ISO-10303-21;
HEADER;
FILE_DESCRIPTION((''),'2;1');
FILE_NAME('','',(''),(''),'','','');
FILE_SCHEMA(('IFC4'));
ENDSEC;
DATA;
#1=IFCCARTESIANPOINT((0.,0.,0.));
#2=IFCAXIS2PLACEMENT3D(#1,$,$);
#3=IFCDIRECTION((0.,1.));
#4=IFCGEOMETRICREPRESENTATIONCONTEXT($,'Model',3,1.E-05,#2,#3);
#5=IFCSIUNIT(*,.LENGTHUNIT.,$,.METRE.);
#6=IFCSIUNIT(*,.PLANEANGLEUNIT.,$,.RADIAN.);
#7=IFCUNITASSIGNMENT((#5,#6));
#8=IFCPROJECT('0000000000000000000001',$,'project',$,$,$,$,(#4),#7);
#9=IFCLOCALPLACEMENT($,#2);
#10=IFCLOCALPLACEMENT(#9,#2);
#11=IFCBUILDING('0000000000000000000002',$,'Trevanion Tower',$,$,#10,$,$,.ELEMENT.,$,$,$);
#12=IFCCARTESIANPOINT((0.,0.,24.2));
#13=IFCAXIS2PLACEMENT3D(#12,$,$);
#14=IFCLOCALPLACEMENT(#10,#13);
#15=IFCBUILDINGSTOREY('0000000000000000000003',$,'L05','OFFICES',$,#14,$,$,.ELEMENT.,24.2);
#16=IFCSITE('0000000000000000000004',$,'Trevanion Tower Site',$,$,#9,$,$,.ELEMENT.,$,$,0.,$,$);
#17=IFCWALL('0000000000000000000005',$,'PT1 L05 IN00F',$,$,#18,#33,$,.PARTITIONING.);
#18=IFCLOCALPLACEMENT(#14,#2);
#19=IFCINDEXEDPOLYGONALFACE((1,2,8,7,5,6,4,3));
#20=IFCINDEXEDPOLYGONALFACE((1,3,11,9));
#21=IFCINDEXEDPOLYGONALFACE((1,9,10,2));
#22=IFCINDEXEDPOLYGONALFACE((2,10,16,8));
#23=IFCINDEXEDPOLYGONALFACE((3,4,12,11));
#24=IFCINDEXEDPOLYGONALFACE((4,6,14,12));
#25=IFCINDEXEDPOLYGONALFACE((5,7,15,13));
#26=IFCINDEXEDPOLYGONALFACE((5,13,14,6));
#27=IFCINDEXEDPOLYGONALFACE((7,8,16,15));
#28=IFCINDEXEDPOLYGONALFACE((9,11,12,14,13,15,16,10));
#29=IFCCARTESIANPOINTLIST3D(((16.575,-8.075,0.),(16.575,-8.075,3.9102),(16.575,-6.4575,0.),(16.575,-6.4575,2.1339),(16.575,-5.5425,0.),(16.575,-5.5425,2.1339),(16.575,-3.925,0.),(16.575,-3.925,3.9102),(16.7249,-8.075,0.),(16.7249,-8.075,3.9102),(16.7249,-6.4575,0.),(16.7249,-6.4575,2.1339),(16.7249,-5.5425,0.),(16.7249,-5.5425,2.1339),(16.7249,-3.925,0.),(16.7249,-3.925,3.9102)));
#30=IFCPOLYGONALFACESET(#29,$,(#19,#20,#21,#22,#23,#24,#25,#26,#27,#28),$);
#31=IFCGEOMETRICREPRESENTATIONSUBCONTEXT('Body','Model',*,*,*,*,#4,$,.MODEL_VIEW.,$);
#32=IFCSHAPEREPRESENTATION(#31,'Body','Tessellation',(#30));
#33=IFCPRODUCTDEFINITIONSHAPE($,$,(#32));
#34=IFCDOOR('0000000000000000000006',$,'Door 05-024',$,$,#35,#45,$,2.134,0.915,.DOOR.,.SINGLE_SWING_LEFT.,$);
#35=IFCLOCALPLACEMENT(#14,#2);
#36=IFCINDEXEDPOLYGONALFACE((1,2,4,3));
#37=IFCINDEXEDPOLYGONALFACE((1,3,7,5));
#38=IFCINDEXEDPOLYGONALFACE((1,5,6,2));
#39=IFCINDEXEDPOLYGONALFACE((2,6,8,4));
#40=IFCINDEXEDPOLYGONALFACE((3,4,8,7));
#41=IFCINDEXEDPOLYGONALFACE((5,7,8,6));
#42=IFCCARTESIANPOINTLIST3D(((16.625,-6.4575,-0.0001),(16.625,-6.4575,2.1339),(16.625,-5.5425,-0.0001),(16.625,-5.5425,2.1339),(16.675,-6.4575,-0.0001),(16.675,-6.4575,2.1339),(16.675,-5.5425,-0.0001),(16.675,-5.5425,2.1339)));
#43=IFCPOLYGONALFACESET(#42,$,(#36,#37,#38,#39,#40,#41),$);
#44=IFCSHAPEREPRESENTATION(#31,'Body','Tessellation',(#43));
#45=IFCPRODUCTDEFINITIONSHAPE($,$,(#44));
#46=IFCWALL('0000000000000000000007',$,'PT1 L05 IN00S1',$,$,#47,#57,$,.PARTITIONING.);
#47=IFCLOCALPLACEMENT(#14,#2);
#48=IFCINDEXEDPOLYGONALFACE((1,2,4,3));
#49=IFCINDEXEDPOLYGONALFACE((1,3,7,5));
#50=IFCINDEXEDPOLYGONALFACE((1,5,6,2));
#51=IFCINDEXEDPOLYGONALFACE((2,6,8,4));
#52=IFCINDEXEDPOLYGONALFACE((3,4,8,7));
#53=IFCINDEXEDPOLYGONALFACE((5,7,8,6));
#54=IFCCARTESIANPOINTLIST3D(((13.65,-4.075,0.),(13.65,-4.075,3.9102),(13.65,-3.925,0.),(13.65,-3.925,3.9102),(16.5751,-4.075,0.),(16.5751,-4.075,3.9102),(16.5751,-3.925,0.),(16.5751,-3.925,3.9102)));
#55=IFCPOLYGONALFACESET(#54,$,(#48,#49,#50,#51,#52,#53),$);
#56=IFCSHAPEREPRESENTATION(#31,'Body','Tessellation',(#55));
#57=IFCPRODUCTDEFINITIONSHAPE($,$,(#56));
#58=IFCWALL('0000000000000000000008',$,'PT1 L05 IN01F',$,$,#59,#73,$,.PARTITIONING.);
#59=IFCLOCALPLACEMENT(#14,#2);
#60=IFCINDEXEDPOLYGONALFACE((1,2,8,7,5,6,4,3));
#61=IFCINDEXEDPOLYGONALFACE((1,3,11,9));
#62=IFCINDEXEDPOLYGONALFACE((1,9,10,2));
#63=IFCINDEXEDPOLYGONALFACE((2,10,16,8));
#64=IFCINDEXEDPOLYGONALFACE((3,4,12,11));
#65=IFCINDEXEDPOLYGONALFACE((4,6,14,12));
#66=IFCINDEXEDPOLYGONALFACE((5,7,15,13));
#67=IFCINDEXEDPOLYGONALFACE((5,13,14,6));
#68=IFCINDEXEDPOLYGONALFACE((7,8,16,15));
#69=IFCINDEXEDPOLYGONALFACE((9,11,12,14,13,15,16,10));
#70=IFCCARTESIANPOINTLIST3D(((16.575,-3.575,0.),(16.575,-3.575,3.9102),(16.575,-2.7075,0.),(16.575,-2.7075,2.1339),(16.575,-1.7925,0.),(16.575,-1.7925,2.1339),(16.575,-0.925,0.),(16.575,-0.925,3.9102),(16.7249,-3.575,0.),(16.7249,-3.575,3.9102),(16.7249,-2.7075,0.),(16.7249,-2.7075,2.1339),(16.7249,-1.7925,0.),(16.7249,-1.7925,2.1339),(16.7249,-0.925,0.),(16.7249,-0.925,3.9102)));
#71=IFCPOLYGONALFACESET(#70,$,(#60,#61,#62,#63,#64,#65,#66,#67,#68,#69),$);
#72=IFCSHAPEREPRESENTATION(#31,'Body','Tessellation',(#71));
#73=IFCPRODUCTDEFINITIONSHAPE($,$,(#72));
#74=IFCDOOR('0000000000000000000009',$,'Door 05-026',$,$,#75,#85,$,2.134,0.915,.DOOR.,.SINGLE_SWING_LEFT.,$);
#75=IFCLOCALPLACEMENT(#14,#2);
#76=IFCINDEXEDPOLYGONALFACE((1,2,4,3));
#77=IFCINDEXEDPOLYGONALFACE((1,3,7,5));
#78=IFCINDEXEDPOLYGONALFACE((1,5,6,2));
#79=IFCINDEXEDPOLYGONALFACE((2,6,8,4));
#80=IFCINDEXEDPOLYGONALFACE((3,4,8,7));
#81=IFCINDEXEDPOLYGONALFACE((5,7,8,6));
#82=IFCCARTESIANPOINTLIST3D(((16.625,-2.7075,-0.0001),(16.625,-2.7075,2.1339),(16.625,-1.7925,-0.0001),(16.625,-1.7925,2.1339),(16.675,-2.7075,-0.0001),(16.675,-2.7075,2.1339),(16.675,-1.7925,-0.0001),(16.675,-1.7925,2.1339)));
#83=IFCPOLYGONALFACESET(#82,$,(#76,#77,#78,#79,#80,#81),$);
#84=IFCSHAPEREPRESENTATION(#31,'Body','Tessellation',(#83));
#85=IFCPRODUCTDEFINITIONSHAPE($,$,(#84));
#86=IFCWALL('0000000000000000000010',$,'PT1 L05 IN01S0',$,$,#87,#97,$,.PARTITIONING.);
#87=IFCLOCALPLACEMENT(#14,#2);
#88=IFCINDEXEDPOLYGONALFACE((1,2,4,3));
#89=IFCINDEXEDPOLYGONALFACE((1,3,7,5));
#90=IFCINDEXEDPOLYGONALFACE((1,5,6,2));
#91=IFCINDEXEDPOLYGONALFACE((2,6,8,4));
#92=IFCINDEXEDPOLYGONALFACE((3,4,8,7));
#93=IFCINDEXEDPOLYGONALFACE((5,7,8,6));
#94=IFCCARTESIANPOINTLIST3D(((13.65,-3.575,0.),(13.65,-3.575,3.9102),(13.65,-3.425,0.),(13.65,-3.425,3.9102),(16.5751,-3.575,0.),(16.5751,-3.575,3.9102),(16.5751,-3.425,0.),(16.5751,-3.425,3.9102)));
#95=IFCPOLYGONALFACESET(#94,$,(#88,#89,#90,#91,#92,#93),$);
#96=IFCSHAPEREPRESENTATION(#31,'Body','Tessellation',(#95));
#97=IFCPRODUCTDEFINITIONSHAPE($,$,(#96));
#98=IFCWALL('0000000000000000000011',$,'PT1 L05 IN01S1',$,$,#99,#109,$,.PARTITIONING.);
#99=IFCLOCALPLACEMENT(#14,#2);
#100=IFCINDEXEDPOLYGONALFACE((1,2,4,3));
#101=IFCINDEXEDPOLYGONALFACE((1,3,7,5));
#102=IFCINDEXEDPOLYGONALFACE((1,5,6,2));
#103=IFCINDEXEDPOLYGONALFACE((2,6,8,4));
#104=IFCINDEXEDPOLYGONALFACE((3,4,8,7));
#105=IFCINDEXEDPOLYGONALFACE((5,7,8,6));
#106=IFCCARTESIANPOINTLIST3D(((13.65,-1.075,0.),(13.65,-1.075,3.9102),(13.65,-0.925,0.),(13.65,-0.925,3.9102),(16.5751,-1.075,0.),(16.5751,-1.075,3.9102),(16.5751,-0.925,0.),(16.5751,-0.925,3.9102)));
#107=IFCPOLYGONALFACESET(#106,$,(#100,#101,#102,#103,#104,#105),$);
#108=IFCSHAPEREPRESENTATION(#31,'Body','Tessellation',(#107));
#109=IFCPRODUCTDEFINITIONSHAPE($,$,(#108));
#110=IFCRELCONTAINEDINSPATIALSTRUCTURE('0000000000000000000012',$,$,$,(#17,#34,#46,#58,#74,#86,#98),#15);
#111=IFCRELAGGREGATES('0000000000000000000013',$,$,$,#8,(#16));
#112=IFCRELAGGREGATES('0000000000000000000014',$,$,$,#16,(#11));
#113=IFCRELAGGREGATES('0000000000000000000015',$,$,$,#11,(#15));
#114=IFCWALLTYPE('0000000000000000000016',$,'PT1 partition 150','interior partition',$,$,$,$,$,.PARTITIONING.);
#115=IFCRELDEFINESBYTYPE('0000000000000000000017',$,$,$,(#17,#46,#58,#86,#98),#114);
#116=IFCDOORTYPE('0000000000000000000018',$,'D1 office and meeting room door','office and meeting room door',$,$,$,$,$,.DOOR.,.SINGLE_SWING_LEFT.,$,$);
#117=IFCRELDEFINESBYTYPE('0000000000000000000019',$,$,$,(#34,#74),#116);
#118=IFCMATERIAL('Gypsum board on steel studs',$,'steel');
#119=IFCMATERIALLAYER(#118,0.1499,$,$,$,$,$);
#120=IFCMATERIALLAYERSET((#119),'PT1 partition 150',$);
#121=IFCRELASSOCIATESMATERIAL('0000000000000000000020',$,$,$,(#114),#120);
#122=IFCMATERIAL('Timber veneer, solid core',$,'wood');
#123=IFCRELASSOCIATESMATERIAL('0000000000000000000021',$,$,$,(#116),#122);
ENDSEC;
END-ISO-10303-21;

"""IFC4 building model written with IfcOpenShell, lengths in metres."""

from ifc_helpers import new_model, si_unit, direction, frame, frame_2d, origin, place, context, subcontext, project, spatial, rectangle, extrude, material, layer, layer_set, type_object, element, fill, save


model = new_model("IFC4")

# Units and contexts
model_context = context("Model", 3, precision=1e-05, world=origin(), true_north=direction((0.0, 1.0)))
body_context = subcontext(model_context, "Body", "Model", "MODEL_VIEW")
ifc_project = project(units=[si_unit("LENGTHUNIT", "METRE"), si_unit("PLANEANGLEUNIT", "RADIAN")], contexts=[model_context])

# Site, building, storey
site_placement = place(None, origin())
site = spatial("IfcSite", under=ifc_project, at=site_placement, Name="Trevanion Tower Site", CompositionType="ELEMENT", RefElevation=0.0)
building_placement = place(site_placement, origin())
building = spatial("IfcBuilding", under=site, at=building_placement, Name="Trevanion Tower", CompositionType="ELEMENT")
storey_placement = place(building_placement, frame((0.0, 0.0, 24.2)))
storey = spatial("IfcBuildingStorey", under=building, at=storey_placement, Name="L05", Description="OFFICES", CompositionType="ELEMENT", Elevation=24.2)

# Shared definitions
ifc_material_1 = material(Name="Gypsum board on steel studs", Category="steel")
ifc_layer_1 = layer(ifc_material_1, 0.1499)
ifc_layer_set_1 = layer_set([ifc_layer_1], Name="PT1 partition 150")
wall_type = type_object("IfcWallType", Name="PT1 partition 150", Description="interior partition", PredefinedType="PARTITIONING", material=ifc_layer_set_1)

# Wall, opening, door
wall_1_placement = place(storey_placement, frame((16.6499, -8.075, 0.0), z_axis=(0.0, 0.0, 1.0), x_axis=(0.0, 1.0, 0.0)))
wall_1 = element("IfcWall", 1, at=wall_1_placement, inside=storey, type_object=wall_type, Name="PT1 L05 IN00F", PredefinedType="PARTITIONING", context=body_context, shape_type="SweptSolid", body=[
    extrude(rectangle(XDim=4.1499, YDim=0.1499, at=frame_2d((2.075, 0.0))), origin(), (0.0, 0.0, 1.0), 3.9102),
])
opening_1_placement = place(wall_1_placement, frame((1.6174, 0.0, 0.0)))
opening_1 = element("IfcOpeningElement", 2, at=opening_1_placement, cuts=wall_1, PredefinedType="OPENING", context=body_context, shape_type="SweptSolid", body=[
    extrude(rectangle(XDim=0.915, YDim=2.134, at=frame_2d((0.4575, 1.0669))), frame((0.0, 0.085, 0.0), z_axis=(0.0, -1.0, 0.0), x_axis=(1.0, 0.0, 0.0)), (0.0, 0.0, 1.0), 0.1699),
])
ifc_material_2 = material(Name="Timber veneer, solid core", Category="wood")
door_type = type_object("IfcDoorType", Name="D1 office and meeting room door", Description="office and meeting room door", OperationType="SINGLE_SWING_LEFT", PredefinedType="DOOR", material=ifc_material_2)
door_1_placement = place(opening_1_placement, origin())
door_1 = element("IfcDoor", 3, at=door_1_placement, inside=storey, type_object=door_type, Name="Door 05-024", OperationType="SINGLE_SWING_LEFT", OverallHeight=2.134, OverallWidth=0.915, PredefinedType="DOOR", context=body_context, shape_type="SweptSolid", body=[
    extrude(rectangle(XDim=0.915, YDim=2.134, at=frame_2d((0.4575, 1.0669))), frame((0.0, 0.0249, 0.0), z_axis=(0.0, -1.0, 0.0), x_axis=(1.0, 0.0, 0.0)), (0.0, 0.0, 1.0), 0.05),
])
fill(opening_1, door_1)

# Wall
wall_2_placement = place(storey_placement, frame((16.575, -4.0, 0.0), z_axis=(0.0, 0.0, 1.0), x_axis=(-1.0, 0.0, 0.0)))
element("IfcWall", 4, at=wall_2_placement, inside=storey, type_object=wall_type, Name="PT1 L05 IN00S1", PredefinedType="PARTITIONING", context=body_context, shape_type="SweptSolid", body=[
    extrude(rectangle(XDim=2.925, YDim=0.1499, at=frame_2d((1.4624, 0.0))), origin(), (0.0, 0.0, 1.0), 3.9102),
])

# Wall, opening, door
wall_3_placement = place(storey_placement, frame((16.6499, -3.575, 0.0), z_axis=(0.0, 0.0, 1.0), x_axis=(0.0, 1.0, 0.0)))
wall_3 = element("IfcWall", 5, at=wall_3_placement, inside=storey, type_object=wall_type, Name="PT1 L05 IN01F", PredefinedType="PARTITIONING", context=body_context, shape_type="SweptSolid", body=[
    extrude(rectangle(XDim=2.6499, YDim=0.1499, at=frame_2d((1.325, 0.0))), origin(), (0.0, 0.0, 1.0), 3.9102),
])
opening_2_placement = place(wall_3_placement, frame((0.8674, 0.0, 0.0)))
opening_2 = element("IfcOpeningElement", 6, at=opening_2_placement, cuts=wall_3, PredefinedType="OPENING", context=body_context, shape_type="SweptSolid", body=[
    extrude(rectangle(XDim=0.915, YDim=2.134, at=frame_2d((0.4575, 1.0669))), frame((0.0, 0.085, 0.0), z_axis=(0.0, -1.0, 0.0), x_axis=(1.0, 0.0, 0.0)), (0.0, 0.0, 1.0), 0.1699),
])
door_2_placement = place(opening_2_placement, origin())
door_2 = element("IfcDoor", 7, at=door_2_placement, inside=storey, type_object=door_type, Name="Door 05-026", OperationType="SINGLE_SWING_LEFT", OverallHeight=2.134, OverallWidth=0.915, PredefinedType="DOOR", context=body_context, shape_type="SweptSolid", body=[
    extrude(rectangle(XDim=0.915, YDim=2.134, at=frame_2d((0.4575, 1.0669))), frame((0.0, 0.0249, 0.0), z_axis=(0.0, -1.0, 0.0), x_axis=(1.0, 0.0, 0.0)), (0.0, 0.0, 1.0), 0.05),
])
fill(opening_2, door_2)

# Walls
for number, where, z_axis, x_axis, name in (
    (8, (16.575, -3.5, 0.0), (0.0, 0.0, 1.0), (-1.0, 0.0, 0.0), "PT1 L05 IN01S0"),
    (9, (16.575, -1.0, 0.0), (0.0, 0.0, 1.0), (-1.0, 0.0, 0.0), "PT1 L05 IN01S1"),
):
    element("IfcWall", number, at=place(storey_placement, frame(where, z_axis=z_axis, x_axis=x_axis)), inside=storey, type_object=wall_type, Name=name, PredefinedType="PARTITIONING", context=body_context, shape_type="SweptSolid", body=[
        extrude(rectangle(XDim=2.925, YDim=0.1499, at=frame_2d((1.4624, 0.0))), origin(), (0.0, 0.0, 1.0), 3.9102),
    ])

save(model, "model.ifc")
